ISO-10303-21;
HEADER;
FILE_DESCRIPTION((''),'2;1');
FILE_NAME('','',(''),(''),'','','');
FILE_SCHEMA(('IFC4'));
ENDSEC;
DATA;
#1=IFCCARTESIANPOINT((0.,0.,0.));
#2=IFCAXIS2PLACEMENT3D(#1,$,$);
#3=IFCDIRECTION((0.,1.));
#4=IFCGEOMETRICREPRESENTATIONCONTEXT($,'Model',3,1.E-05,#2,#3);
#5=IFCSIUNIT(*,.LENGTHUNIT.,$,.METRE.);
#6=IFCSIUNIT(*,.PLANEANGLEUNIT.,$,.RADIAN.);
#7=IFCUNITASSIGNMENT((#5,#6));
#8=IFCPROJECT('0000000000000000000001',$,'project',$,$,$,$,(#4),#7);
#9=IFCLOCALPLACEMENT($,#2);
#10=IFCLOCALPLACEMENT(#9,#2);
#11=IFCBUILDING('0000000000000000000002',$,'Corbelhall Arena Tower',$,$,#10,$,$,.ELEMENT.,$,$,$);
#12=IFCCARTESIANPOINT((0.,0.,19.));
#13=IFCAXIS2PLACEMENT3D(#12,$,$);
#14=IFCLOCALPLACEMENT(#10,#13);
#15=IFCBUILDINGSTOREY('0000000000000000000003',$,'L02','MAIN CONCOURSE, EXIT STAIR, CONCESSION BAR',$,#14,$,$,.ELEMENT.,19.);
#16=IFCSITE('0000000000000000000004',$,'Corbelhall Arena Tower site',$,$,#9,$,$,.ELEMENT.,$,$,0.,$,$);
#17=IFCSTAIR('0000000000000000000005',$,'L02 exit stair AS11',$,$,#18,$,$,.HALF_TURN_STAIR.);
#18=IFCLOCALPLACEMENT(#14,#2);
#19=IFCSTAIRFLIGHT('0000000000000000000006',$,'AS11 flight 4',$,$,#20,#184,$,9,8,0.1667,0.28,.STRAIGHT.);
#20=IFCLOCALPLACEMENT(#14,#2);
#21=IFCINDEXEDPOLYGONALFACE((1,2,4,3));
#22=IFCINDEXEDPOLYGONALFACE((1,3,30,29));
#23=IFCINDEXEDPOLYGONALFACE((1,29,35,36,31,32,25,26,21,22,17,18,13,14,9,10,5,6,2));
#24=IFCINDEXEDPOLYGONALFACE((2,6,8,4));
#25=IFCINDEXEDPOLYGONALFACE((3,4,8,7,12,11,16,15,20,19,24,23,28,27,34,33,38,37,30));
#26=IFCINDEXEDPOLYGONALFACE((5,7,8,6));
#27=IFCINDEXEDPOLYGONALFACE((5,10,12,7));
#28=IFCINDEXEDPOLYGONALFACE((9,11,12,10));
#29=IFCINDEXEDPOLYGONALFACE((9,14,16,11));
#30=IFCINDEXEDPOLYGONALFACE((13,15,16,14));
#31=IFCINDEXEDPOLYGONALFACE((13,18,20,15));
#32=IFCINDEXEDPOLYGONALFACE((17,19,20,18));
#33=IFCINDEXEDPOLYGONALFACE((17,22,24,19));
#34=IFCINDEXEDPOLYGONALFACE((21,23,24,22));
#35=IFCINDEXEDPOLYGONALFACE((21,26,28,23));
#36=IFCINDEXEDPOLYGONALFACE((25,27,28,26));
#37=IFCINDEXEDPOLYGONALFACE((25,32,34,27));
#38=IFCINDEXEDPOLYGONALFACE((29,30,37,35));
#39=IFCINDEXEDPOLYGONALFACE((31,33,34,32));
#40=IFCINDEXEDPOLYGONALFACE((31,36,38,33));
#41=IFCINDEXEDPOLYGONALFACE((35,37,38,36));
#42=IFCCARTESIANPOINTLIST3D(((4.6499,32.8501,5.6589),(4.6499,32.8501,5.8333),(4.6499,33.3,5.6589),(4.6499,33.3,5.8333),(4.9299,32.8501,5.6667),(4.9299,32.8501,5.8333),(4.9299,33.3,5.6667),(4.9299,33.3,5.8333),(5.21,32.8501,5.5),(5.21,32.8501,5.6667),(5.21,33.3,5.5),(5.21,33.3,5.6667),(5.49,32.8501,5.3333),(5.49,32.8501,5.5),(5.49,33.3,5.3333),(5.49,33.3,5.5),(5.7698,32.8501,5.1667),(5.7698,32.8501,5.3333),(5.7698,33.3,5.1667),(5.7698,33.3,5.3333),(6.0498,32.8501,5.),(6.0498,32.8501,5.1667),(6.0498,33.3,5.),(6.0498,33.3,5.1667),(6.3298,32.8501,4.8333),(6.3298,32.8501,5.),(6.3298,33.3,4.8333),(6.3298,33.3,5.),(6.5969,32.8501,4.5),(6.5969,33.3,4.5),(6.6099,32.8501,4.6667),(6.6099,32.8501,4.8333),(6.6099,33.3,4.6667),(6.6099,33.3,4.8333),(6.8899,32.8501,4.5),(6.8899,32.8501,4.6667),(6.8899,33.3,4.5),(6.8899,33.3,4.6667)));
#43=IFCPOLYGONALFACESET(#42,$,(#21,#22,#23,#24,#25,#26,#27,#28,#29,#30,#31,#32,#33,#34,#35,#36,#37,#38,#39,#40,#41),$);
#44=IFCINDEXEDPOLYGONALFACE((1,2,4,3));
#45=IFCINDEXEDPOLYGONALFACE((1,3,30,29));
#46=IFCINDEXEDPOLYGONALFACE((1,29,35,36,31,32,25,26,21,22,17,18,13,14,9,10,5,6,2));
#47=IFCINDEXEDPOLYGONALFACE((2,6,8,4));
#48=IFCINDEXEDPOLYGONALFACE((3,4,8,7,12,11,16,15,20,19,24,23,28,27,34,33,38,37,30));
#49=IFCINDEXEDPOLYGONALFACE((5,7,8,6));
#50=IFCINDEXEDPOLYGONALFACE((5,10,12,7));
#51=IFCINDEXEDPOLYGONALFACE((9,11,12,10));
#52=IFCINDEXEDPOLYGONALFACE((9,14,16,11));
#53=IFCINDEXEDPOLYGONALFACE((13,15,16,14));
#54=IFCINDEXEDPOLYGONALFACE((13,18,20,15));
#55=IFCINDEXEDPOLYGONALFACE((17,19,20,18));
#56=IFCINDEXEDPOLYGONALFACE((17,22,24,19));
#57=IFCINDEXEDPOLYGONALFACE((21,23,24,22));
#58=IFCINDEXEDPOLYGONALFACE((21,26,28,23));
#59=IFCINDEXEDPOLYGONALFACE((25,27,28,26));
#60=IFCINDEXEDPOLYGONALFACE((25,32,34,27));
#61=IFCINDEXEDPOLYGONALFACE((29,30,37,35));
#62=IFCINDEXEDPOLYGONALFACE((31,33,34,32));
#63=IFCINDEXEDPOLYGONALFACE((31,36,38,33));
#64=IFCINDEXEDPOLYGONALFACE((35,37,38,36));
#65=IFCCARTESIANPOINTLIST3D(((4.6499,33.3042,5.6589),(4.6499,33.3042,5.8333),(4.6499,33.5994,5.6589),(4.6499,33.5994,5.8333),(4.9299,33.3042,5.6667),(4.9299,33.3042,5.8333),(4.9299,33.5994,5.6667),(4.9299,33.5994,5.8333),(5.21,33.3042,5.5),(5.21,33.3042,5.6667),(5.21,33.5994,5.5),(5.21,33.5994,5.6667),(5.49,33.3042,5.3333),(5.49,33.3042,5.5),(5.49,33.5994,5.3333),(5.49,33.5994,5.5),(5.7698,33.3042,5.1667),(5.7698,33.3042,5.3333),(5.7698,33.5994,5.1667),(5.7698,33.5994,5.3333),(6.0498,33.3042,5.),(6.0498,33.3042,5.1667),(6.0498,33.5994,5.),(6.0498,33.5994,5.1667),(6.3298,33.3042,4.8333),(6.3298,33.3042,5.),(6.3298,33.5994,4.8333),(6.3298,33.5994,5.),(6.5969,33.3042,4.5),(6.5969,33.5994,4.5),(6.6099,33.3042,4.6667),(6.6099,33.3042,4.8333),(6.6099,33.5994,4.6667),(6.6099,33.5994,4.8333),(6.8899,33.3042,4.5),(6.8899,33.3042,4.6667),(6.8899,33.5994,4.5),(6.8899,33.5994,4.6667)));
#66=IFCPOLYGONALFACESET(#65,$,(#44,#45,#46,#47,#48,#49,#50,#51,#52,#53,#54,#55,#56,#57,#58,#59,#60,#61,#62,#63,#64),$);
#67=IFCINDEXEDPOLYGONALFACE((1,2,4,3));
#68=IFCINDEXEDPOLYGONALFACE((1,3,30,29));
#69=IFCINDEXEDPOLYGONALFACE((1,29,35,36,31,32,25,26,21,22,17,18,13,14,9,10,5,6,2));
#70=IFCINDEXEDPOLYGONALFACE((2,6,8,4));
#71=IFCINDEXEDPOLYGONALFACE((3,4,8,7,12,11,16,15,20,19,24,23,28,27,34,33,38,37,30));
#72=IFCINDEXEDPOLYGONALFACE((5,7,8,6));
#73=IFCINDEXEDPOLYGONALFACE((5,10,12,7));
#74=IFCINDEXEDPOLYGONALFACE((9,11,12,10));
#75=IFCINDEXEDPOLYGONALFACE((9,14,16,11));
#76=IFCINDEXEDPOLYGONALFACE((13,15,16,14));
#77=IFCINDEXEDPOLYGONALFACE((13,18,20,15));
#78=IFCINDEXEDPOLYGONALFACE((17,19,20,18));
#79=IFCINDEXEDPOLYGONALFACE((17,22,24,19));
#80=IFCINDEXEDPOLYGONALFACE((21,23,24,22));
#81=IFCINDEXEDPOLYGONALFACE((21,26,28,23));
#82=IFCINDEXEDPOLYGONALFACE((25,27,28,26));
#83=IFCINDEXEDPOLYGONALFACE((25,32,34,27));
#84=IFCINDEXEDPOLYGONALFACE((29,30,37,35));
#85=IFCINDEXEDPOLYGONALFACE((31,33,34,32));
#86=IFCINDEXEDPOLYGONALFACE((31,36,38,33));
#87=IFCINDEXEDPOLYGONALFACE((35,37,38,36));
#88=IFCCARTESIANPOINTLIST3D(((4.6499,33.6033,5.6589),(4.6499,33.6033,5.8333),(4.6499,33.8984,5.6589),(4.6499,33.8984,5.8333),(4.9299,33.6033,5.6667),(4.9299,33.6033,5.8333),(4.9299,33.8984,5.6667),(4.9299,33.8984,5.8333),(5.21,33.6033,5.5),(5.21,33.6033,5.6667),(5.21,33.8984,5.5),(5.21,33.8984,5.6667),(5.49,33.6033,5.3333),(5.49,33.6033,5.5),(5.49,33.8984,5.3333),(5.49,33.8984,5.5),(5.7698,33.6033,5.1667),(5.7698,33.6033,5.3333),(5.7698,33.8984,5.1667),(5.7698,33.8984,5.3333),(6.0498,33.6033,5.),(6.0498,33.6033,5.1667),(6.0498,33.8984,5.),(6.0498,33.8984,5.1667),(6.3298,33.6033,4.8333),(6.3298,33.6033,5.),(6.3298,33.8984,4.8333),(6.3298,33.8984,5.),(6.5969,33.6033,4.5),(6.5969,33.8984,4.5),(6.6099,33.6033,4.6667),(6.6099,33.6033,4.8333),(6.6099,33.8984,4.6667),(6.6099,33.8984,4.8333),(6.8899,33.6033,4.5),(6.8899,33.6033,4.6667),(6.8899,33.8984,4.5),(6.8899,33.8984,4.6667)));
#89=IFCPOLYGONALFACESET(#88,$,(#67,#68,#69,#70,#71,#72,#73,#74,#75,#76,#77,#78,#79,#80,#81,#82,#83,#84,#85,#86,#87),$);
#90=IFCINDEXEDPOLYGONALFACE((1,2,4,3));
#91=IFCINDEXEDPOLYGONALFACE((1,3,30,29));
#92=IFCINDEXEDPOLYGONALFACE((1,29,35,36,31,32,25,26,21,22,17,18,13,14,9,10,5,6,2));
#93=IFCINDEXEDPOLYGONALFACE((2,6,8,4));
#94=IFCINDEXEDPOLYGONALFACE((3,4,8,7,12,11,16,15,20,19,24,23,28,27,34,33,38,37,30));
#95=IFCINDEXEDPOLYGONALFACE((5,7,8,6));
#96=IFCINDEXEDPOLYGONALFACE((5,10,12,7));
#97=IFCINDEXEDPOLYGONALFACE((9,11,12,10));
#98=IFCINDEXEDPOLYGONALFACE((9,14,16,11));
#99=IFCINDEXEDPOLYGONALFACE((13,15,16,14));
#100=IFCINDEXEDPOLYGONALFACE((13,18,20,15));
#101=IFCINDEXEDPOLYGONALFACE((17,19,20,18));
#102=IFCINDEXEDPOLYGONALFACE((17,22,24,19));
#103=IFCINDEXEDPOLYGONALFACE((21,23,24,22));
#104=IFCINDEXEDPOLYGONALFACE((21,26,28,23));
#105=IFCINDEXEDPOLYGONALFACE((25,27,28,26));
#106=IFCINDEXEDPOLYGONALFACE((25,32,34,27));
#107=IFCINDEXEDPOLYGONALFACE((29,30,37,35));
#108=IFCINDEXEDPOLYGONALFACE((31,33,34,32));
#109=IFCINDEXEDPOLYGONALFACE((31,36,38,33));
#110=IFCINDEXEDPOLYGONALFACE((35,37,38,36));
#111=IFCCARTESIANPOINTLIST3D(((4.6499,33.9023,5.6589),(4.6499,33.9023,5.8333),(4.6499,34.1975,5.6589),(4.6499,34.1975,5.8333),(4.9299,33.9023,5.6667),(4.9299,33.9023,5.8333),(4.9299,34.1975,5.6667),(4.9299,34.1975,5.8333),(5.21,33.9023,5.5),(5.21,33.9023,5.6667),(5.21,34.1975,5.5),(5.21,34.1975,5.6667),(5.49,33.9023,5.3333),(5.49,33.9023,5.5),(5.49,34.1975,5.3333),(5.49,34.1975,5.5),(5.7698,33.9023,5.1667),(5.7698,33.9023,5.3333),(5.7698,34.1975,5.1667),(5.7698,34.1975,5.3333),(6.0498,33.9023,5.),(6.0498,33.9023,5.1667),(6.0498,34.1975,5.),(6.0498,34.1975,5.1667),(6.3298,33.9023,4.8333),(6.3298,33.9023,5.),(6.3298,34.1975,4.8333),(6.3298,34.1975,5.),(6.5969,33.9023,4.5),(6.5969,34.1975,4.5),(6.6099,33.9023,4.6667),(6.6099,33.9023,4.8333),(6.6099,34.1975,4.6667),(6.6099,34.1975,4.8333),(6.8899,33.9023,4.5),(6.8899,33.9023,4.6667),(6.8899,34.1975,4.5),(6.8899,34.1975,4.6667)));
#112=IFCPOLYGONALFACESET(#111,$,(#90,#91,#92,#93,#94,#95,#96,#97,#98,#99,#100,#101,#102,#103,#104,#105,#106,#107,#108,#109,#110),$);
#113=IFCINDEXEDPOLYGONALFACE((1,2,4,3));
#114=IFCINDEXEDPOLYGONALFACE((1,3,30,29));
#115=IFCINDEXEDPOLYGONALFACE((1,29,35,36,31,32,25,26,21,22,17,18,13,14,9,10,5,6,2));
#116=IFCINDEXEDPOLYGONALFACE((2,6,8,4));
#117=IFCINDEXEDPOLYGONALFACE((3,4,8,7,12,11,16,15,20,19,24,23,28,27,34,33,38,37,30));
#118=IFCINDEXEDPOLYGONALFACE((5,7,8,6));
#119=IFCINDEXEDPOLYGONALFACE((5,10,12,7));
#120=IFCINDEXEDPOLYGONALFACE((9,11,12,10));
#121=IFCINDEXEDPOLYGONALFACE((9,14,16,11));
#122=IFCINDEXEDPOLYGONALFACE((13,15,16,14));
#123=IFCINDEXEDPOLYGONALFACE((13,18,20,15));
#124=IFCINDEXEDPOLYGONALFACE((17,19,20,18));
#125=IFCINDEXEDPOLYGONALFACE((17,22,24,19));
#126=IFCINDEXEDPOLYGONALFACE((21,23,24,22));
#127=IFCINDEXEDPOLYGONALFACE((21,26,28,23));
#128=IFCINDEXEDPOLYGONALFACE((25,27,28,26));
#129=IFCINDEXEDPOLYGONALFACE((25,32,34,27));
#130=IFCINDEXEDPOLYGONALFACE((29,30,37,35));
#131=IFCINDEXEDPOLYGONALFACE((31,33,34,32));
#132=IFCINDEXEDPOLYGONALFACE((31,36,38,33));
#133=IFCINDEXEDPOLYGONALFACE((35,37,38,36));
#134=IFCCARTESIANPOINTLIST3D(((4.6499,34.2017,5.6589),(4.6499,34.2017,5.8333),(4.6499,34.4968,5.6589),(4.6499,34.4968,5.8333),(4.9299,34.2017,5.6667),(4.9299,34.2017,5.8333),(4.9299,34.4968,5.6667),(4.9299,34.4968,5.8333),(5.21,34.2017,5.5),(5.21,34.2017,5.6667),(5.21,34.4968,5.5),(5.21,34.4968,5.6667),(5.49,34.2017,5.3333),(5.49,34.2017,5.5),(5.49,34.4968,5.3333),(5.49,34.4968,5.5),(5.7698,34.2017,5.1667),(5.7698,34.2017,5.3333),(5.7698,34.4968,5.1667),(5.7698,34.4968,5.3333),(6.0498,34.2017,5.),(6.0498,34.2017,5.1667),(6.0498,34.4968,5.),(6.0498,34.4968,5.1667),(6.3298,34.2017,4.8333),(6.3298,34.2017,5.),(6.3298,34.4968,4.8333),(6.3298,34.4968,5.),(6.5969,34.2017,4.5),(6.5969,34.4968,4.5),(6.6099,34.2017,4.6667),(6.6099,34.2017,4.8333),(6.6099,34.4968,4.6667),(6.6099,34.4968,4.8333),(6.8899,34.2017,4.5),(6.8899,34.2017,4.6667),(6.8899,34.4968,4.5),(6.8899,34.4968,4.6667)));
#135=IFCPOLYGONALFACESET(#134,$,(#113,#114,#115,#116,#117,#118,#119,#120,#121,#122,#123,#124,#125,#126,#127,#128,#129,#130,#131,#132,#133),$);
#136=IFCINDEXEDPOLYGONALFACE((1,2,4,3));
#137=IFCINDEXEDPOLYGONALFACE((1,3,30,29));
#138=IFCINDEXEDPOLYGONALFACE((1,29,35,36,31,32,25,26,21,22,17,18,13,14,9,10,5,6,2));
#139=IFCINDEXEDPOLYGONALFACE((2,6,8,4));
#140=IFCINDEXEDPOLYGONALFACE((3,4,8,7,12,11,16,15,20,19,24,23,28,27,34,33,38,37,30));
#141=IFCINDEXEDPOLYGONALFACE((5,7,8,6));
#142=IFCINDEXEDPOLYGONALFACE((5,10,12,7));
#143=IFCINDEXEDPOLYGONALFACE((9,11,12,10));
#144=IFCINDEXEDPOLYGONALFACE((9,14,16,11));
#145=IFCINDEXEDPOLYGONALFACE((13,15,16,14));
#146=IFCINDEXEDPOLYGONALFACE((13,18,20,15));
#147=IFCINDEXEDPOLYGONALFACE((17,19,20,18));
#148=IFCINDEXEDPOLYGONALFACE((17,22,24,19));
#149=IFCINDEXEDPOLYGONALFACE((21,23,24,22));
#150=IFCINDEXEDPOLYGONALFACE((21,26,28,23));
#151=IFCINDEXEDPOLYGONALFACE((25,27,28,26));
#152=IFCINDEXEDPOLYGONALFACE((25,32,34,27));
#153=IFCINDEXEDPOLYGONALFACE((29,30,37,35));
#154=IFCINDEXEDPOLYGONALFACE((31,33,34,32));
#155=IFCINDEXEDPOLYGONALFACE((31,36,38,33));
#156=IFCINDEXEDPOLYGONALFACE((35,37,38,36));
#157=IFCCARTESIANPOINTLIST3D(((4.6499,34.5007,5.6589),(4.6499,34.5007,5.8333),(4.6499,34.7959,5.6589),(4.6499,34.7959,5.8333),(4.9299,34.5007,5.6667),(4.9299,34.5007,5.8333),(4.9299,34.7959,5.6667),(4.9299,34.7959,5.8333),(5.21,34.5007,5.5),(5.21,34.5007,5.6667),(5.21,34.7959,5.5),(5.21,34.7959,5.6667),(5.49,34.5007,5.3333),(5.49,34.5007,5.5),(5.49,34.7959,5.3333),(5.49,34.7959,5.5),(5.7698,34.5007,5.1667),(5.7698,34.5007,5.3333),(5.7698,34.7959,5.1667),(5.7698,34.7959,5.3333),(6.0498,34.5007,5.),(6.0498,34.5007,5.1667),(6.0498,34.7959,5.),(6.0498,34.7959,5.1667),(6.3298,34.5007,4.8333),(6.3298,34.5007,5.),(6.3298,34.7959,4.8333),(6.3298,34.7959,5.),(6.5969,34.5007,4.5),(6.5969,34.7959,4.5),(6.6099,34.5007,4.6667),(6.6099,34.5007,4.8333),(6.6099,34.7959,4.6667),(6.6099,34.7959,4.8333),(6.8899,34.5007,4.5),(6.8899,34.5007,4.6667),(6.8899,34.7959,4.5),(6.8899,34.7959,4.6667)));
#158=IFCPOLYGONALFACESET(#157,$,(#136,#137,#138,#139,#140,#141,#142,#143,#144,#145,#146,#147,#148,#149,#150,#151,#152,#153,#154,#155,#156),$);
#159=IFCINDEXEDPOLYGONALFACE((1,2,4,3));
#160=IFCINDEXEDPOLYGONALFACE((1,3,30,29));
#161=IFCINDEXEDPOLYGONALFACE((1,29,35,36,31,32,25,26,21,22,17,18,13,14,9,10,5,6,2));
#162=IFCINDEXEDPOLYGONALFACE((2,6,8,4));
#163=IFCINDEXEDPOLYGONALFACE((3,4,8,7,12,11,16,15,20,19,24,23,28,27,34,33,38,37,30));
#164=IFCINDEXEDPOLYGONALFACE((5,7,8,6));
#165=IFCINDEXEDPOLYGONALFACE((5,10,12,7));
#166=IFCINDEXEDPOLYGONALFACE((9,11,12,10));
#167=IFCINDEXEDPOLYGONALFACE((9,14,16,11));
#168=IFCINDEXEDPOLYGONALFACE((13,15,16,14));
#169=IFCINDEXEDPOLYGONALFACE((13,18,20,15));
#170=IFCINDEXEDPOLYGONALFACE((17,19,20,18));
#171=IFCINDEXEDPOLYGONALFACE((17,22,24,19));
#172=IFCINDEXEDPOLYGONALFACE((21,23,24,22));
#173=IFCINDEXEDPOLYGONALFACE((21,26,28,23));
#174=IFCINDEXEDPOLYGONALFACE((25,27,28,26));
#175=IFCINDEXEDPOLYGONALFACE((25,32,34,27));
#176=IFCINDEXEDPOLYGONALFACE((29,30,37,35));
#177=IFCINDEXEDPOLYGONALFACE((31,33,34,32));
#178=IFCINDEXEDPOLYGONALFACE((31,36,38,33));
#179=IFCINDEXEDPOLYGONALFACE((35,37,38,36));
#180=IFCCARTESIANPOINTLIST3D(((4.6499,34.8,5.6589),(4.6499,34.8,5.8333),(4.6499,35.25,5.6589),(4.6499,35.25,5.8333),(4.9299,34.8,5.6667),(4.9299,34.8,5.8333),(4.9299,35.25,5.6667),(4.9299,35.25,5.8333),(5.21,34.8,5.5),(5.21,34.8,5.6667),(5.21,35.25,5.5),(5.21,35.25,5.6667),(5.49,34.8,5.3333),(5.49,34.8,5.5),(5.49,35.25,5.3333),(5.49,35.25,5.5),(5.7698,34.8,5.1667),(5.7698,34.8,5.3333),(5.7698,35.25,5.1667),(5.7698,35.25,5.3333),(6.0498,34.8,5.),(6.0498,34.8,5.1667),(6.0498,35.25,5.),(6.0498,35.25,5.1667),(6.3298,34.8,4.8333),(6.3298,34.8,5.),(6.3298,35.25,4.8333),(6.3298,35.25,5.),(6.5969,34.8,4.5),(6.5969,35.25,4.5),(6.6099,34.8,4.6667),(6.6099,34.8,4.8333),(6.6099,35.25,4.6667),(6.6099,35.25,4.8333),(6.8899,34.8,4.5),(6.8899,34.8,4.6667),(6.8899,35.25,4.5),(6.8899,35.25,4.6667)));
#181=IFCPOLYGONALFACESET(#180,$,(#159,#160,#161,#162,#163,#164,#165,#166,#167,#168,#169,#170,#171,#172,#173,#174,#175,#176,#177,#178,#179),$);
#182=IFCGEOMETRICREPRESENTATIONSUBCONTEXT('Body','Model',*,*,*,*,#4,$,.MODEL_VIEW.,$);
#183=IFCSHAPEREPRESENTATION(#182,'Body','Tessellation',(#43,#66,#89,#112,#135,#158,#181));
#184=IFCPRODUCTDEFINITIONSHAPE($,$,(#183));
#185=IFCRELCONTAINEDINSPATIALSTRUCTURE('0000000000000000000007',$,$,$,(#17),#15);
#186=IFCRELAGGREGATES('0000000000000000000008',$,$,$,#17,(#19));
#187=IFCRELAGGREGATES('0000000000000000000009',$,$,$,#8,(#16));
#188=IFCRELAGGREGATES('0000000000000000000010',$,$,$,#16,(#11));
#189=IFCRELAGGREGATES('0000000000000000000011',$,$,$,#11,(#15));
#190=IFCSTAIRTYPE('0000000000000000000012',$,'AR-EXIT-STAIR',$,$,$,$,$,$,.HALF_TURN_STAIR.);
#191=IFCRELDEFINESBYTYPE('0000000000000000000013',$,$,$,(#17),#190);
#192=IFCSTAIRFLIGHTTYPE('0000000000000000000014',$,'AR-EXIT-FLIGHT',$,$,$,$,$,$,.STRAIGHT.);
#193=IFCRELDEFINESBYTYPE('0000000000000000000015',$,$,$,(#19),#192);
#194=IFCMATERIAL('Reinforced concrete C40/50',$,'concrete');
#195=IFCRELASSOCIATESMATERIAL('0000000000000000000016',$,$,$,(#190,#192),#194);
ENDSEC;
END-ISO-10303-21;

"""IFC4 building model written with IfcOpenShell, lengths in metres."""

from ifc_helpers import new_model, si_unit, direction, frame, origin, place, context, subcontext, project, spatial, polyline, outline, extrude, material, type_object, element, aggregate, save


model = new_model("IFC4")

# Units and contexts
model_context = context("Model", 3, precision=1e-05, world=origin(), true_north=direction((0.0, 1.0)))
body_context = subcontext(model_context, "Body", "Model", "MODEL_VIEW")
ifc_project = project(units=[si_unit("LENGTHUNIT", "METRE"), si_unit("PLANEANGLEUNIT", "RADIAN")], contexts=[model_context])

# Site, building, storey
site_placement = place(None, origin())
site = spatial("IfcSite", under=ifc_project, at=site_placement, Name="Corbelhall Arena Tower site", CompositionType="ELEMENT", RefElevation=0.0)
building_placement = place(site_placement, origin())
building = spatial("IfcBuilding", under=site, at=building_placement, Name="Corbelhall Arena Tower", CompositionType="ELEMENT")
storey_placement = place(building_placement, frame((0.0, 0.0, 19.0)))
storey = spatial("IfcBuildingStorey", under=building, at=storey_placement, Name="L02", Description="MAIN CONCOURSE, EXIT STAIR, CONCESSION BAR", CompositionType="ELEMENT", Elevation=19.0)

# Shared definitions
ifc_material_1 = material(Name="Reinforced concrete C40/50", Category="concrete")

# Stair, stair flight
stair_type = type_object("IfcStairType", Name="AR-EXIT-STAIR", PredefinedType="HALF_TURN_STAIR", material=ifc_material_1)
stair_1_placement = place(storey_placement, origin())
stair_1 = element("IfcStair", 1, at=stair_1_placement, inside=storey, type_object=stair_type, Name="L02 exit stair AS11", PredefinedType="HALF_TURN_STAIR")
stair_flight_type = type_object("IfcStairFlightType", Name="AR-EXIT-FLIGHT", PredefinedType="STRAIGHT", material=ifc_material_1)
stair_flight_1_placement = place(storey_placement, frame((6.8899, 34.05, 4.5), z_axis=(0.0, 0.0, 1.0), x_axis=(-1.0, 0.0, 0.0)))
stair_flight_1 = element("IfcStairFlight", 2, at=stair_flight_1_placement, type_object=stair_flight_type, Name="AS11 flight 4", NumberOfRisers=9, NumberOfTreads=8, PredefinedType="STRAIGHT", RiserHeight=0.1667, TreadLength=0.28, context=body_context, shape_type="SweptSolid", body=[
    extrude(outline(polyline([(0.0, 0.0), (0.0, 0.1667), (0.28, 0.1667), (0.28, 0.3333), (0.5601, 0.3333), (0.5601, 0.5), (0.8401, 0.5), (0.8401, 0.6667), (1.1201, 0.6667), (1.1201, 0.8333), (1.3999, 0.8333), (1.3999, 1.0), (1.6799, 1.0), (1.6799, 1.1667), (1.96, 1.1667), (1.96, 1.3333), (2.24, 1.3333), (2.24, 1.5), (2.24, 1.1589), (0.293, 0.0), (0.0, 0.0)])), frame((0.0, 1.2, 0.0), z_axis=(0.0, -1.0, 0.0), x_axis=(1.0, 0.0, 0.0)), (0.0, 0.0, 1.0), 0.45),
    extrude(outline(polyline([(0.0, 0.0), (0.0, 0.1667), (0.28, 0.1667), (0.28, 0.3333), (0.5601, 0.3333), (0.5601, 0.5), (0.8401, 0.5), (0.8401, 0.6667), (1.1201, 0.6667), (1.1201, 0.8333), (1.3999, 0.8333), (1.3999, 1.0), (1.6799, 1.0), (1.6799, 1.1667), (1.96, 1.1667), (1.96, 1.3333), (2.24, 1.3333), (2.24, 1.5), (2.24, 1.1589), (0.293, 0.0), (0.0, 0.0)])), frame((0.0, 0.7458, 0.0), z_axis=(0.0, -1.0, 0.0), x_axis=(1.0, 0.0, 0.0)), (0.0, 0.0, 1.0), 0.2952),
    extrude(outline(polyline([(0.0, 0.0), (0.0, 0.1667), (0.28, 0.1667), (0.28, 0.3333), (0.5601, 0.3333), (0.5601, 0.5), (0.8401, 0.5), (0.8401, 0.6667), (1.1201, 0.6667), (1.1201, 0.8333), (1.3999, 0.8333), (1.3999, 1.0), (1.6799, 1.0), (1.6799, 1.1667), (1.96, 1.1667), (1.96, 1.3333), (2.24, 1.3333), (2.24, 1.5), (2.24, 1.1589), (0.293, 0.0), (0.0, 0.0)])), frame((0.0, 0.4468, 0.0), z_axis=(0.0, -1.0, 0.0), x_axis=(1.0, 0.0, 0.0)), (0.0, 0.0, 1.0), 0.2952),
    extrude(outline(polyline([(0.0, 0.0), (0.0, 0.1667), (0.28, 0.1667), (0.28, 0.3333), (0.5601, 0.3333), (0.5601, 0.5), (0.8401, 0.5), (0.8401, 0.6667), (1.1201, 0.6667), (1.1201, 0.8333), (1.3999, 0.8333), (1.3999, 1.0), (1.6799, 1.0), (1.6799, 1.1667), (1.96, 1.1667), (1.96, 1.3333), (2.24, 1.3333), (2.24, 1.5), (2.24, 1.1589), (0.293, 0.0), (0.0, 0.0)])), frame((0.0, 0.1477, 0.0), z_axis=(0.0, -1.0, 0.0), x_axis=(1.0, 0.0, 0.0)), (0.0, 0.0, 1.0), 0.2952),
    extrude(outline(polyline([(0.0, 0.0), (0.0, 0.1667), (0.28, 0.1667), (0.28, 0.3333), (0.5601, 0.3333), (0.5601, 0.5), (0.8401, 0.5), (0.8401, 0.6667), (1.1201, 0.6667), (1.1201, 0.8333), (1.3999, 0.8333), (1.3999, 1.0), (1.6799, 1.0), (1.6799, 1.1667), (1.96, 1.1667), (1.96, 1.3333), (2.24, 1.3333), (2.24, 1.5), (2.24, 1.1589), (0.293, 0.0), (0.0, 0.0)])), frame((0.0, -0.1516, 0.0), z_axis=(0.0, -1.0, 0.0), x_axis=(1.0, 0.0, 0.0)), (0.0, 0.0, 1.0), 0.2952),
    extrude(outline(polyline([(0.0, 0.0), (0.0, 0.1667), (0.28, 0.1667), (0.28, 0.3333), (0.5601, 0.3333), (0.5601, 0.5), (0.8401, 0.5), (0.8401, 0.6667), (1.1201, 0.6667), (1.1201, 0.8333), (1.3999, 0.8333), (1.3999, 1.0), (1.6799, 1.0), (1.6799, 1.1667), (1.96, 1.1667), (1.96, 1.3333), (2.24, 1.3333), (2.24, 1.5), (2.24, 1.1589), (0.293, 0.0), (0.0, 0.0)])), frame((0.0, -0.4507, 0.0), z_axis=(0.0, -1.0, 0.0), x_axis=(1.0, 0.0, 0.0)), (0.0, 0.0, 1.0), 0.2952),
    extrude(outline(polyline([(0.0, 0.0), (0.0, 0.1667), (0.28, 0.1667), (0.28, 0.3333), (0.5601, 0.3333), (0.5601, 0.5), (0.8401, 0.5), (0.8401, 0.6667), (1.1201, 0.6667), (1.1201, 0.8333), (1.3999, 0.8333), (1.3999, 1.0), (1.6799, 1.0), (1.6799, 1.1667), (1.96, 1.1667), (1.96, 1.3333), (2.24, 1.3333), (2.24, 1.5), (2.24, 1.1589), (0.293, 0.0), (0.0, 0.0)])), frame((0.0, -0.75, 0.0), z_axis=(0.0, -1.0, 0.0), x_axis=(1.0, 0.0, 0.0)), (0.0, 0.0, 1.0), 0.45),
])
aggregate(stair_1, [stair_flight_1])

save(model, "model.ifc")
